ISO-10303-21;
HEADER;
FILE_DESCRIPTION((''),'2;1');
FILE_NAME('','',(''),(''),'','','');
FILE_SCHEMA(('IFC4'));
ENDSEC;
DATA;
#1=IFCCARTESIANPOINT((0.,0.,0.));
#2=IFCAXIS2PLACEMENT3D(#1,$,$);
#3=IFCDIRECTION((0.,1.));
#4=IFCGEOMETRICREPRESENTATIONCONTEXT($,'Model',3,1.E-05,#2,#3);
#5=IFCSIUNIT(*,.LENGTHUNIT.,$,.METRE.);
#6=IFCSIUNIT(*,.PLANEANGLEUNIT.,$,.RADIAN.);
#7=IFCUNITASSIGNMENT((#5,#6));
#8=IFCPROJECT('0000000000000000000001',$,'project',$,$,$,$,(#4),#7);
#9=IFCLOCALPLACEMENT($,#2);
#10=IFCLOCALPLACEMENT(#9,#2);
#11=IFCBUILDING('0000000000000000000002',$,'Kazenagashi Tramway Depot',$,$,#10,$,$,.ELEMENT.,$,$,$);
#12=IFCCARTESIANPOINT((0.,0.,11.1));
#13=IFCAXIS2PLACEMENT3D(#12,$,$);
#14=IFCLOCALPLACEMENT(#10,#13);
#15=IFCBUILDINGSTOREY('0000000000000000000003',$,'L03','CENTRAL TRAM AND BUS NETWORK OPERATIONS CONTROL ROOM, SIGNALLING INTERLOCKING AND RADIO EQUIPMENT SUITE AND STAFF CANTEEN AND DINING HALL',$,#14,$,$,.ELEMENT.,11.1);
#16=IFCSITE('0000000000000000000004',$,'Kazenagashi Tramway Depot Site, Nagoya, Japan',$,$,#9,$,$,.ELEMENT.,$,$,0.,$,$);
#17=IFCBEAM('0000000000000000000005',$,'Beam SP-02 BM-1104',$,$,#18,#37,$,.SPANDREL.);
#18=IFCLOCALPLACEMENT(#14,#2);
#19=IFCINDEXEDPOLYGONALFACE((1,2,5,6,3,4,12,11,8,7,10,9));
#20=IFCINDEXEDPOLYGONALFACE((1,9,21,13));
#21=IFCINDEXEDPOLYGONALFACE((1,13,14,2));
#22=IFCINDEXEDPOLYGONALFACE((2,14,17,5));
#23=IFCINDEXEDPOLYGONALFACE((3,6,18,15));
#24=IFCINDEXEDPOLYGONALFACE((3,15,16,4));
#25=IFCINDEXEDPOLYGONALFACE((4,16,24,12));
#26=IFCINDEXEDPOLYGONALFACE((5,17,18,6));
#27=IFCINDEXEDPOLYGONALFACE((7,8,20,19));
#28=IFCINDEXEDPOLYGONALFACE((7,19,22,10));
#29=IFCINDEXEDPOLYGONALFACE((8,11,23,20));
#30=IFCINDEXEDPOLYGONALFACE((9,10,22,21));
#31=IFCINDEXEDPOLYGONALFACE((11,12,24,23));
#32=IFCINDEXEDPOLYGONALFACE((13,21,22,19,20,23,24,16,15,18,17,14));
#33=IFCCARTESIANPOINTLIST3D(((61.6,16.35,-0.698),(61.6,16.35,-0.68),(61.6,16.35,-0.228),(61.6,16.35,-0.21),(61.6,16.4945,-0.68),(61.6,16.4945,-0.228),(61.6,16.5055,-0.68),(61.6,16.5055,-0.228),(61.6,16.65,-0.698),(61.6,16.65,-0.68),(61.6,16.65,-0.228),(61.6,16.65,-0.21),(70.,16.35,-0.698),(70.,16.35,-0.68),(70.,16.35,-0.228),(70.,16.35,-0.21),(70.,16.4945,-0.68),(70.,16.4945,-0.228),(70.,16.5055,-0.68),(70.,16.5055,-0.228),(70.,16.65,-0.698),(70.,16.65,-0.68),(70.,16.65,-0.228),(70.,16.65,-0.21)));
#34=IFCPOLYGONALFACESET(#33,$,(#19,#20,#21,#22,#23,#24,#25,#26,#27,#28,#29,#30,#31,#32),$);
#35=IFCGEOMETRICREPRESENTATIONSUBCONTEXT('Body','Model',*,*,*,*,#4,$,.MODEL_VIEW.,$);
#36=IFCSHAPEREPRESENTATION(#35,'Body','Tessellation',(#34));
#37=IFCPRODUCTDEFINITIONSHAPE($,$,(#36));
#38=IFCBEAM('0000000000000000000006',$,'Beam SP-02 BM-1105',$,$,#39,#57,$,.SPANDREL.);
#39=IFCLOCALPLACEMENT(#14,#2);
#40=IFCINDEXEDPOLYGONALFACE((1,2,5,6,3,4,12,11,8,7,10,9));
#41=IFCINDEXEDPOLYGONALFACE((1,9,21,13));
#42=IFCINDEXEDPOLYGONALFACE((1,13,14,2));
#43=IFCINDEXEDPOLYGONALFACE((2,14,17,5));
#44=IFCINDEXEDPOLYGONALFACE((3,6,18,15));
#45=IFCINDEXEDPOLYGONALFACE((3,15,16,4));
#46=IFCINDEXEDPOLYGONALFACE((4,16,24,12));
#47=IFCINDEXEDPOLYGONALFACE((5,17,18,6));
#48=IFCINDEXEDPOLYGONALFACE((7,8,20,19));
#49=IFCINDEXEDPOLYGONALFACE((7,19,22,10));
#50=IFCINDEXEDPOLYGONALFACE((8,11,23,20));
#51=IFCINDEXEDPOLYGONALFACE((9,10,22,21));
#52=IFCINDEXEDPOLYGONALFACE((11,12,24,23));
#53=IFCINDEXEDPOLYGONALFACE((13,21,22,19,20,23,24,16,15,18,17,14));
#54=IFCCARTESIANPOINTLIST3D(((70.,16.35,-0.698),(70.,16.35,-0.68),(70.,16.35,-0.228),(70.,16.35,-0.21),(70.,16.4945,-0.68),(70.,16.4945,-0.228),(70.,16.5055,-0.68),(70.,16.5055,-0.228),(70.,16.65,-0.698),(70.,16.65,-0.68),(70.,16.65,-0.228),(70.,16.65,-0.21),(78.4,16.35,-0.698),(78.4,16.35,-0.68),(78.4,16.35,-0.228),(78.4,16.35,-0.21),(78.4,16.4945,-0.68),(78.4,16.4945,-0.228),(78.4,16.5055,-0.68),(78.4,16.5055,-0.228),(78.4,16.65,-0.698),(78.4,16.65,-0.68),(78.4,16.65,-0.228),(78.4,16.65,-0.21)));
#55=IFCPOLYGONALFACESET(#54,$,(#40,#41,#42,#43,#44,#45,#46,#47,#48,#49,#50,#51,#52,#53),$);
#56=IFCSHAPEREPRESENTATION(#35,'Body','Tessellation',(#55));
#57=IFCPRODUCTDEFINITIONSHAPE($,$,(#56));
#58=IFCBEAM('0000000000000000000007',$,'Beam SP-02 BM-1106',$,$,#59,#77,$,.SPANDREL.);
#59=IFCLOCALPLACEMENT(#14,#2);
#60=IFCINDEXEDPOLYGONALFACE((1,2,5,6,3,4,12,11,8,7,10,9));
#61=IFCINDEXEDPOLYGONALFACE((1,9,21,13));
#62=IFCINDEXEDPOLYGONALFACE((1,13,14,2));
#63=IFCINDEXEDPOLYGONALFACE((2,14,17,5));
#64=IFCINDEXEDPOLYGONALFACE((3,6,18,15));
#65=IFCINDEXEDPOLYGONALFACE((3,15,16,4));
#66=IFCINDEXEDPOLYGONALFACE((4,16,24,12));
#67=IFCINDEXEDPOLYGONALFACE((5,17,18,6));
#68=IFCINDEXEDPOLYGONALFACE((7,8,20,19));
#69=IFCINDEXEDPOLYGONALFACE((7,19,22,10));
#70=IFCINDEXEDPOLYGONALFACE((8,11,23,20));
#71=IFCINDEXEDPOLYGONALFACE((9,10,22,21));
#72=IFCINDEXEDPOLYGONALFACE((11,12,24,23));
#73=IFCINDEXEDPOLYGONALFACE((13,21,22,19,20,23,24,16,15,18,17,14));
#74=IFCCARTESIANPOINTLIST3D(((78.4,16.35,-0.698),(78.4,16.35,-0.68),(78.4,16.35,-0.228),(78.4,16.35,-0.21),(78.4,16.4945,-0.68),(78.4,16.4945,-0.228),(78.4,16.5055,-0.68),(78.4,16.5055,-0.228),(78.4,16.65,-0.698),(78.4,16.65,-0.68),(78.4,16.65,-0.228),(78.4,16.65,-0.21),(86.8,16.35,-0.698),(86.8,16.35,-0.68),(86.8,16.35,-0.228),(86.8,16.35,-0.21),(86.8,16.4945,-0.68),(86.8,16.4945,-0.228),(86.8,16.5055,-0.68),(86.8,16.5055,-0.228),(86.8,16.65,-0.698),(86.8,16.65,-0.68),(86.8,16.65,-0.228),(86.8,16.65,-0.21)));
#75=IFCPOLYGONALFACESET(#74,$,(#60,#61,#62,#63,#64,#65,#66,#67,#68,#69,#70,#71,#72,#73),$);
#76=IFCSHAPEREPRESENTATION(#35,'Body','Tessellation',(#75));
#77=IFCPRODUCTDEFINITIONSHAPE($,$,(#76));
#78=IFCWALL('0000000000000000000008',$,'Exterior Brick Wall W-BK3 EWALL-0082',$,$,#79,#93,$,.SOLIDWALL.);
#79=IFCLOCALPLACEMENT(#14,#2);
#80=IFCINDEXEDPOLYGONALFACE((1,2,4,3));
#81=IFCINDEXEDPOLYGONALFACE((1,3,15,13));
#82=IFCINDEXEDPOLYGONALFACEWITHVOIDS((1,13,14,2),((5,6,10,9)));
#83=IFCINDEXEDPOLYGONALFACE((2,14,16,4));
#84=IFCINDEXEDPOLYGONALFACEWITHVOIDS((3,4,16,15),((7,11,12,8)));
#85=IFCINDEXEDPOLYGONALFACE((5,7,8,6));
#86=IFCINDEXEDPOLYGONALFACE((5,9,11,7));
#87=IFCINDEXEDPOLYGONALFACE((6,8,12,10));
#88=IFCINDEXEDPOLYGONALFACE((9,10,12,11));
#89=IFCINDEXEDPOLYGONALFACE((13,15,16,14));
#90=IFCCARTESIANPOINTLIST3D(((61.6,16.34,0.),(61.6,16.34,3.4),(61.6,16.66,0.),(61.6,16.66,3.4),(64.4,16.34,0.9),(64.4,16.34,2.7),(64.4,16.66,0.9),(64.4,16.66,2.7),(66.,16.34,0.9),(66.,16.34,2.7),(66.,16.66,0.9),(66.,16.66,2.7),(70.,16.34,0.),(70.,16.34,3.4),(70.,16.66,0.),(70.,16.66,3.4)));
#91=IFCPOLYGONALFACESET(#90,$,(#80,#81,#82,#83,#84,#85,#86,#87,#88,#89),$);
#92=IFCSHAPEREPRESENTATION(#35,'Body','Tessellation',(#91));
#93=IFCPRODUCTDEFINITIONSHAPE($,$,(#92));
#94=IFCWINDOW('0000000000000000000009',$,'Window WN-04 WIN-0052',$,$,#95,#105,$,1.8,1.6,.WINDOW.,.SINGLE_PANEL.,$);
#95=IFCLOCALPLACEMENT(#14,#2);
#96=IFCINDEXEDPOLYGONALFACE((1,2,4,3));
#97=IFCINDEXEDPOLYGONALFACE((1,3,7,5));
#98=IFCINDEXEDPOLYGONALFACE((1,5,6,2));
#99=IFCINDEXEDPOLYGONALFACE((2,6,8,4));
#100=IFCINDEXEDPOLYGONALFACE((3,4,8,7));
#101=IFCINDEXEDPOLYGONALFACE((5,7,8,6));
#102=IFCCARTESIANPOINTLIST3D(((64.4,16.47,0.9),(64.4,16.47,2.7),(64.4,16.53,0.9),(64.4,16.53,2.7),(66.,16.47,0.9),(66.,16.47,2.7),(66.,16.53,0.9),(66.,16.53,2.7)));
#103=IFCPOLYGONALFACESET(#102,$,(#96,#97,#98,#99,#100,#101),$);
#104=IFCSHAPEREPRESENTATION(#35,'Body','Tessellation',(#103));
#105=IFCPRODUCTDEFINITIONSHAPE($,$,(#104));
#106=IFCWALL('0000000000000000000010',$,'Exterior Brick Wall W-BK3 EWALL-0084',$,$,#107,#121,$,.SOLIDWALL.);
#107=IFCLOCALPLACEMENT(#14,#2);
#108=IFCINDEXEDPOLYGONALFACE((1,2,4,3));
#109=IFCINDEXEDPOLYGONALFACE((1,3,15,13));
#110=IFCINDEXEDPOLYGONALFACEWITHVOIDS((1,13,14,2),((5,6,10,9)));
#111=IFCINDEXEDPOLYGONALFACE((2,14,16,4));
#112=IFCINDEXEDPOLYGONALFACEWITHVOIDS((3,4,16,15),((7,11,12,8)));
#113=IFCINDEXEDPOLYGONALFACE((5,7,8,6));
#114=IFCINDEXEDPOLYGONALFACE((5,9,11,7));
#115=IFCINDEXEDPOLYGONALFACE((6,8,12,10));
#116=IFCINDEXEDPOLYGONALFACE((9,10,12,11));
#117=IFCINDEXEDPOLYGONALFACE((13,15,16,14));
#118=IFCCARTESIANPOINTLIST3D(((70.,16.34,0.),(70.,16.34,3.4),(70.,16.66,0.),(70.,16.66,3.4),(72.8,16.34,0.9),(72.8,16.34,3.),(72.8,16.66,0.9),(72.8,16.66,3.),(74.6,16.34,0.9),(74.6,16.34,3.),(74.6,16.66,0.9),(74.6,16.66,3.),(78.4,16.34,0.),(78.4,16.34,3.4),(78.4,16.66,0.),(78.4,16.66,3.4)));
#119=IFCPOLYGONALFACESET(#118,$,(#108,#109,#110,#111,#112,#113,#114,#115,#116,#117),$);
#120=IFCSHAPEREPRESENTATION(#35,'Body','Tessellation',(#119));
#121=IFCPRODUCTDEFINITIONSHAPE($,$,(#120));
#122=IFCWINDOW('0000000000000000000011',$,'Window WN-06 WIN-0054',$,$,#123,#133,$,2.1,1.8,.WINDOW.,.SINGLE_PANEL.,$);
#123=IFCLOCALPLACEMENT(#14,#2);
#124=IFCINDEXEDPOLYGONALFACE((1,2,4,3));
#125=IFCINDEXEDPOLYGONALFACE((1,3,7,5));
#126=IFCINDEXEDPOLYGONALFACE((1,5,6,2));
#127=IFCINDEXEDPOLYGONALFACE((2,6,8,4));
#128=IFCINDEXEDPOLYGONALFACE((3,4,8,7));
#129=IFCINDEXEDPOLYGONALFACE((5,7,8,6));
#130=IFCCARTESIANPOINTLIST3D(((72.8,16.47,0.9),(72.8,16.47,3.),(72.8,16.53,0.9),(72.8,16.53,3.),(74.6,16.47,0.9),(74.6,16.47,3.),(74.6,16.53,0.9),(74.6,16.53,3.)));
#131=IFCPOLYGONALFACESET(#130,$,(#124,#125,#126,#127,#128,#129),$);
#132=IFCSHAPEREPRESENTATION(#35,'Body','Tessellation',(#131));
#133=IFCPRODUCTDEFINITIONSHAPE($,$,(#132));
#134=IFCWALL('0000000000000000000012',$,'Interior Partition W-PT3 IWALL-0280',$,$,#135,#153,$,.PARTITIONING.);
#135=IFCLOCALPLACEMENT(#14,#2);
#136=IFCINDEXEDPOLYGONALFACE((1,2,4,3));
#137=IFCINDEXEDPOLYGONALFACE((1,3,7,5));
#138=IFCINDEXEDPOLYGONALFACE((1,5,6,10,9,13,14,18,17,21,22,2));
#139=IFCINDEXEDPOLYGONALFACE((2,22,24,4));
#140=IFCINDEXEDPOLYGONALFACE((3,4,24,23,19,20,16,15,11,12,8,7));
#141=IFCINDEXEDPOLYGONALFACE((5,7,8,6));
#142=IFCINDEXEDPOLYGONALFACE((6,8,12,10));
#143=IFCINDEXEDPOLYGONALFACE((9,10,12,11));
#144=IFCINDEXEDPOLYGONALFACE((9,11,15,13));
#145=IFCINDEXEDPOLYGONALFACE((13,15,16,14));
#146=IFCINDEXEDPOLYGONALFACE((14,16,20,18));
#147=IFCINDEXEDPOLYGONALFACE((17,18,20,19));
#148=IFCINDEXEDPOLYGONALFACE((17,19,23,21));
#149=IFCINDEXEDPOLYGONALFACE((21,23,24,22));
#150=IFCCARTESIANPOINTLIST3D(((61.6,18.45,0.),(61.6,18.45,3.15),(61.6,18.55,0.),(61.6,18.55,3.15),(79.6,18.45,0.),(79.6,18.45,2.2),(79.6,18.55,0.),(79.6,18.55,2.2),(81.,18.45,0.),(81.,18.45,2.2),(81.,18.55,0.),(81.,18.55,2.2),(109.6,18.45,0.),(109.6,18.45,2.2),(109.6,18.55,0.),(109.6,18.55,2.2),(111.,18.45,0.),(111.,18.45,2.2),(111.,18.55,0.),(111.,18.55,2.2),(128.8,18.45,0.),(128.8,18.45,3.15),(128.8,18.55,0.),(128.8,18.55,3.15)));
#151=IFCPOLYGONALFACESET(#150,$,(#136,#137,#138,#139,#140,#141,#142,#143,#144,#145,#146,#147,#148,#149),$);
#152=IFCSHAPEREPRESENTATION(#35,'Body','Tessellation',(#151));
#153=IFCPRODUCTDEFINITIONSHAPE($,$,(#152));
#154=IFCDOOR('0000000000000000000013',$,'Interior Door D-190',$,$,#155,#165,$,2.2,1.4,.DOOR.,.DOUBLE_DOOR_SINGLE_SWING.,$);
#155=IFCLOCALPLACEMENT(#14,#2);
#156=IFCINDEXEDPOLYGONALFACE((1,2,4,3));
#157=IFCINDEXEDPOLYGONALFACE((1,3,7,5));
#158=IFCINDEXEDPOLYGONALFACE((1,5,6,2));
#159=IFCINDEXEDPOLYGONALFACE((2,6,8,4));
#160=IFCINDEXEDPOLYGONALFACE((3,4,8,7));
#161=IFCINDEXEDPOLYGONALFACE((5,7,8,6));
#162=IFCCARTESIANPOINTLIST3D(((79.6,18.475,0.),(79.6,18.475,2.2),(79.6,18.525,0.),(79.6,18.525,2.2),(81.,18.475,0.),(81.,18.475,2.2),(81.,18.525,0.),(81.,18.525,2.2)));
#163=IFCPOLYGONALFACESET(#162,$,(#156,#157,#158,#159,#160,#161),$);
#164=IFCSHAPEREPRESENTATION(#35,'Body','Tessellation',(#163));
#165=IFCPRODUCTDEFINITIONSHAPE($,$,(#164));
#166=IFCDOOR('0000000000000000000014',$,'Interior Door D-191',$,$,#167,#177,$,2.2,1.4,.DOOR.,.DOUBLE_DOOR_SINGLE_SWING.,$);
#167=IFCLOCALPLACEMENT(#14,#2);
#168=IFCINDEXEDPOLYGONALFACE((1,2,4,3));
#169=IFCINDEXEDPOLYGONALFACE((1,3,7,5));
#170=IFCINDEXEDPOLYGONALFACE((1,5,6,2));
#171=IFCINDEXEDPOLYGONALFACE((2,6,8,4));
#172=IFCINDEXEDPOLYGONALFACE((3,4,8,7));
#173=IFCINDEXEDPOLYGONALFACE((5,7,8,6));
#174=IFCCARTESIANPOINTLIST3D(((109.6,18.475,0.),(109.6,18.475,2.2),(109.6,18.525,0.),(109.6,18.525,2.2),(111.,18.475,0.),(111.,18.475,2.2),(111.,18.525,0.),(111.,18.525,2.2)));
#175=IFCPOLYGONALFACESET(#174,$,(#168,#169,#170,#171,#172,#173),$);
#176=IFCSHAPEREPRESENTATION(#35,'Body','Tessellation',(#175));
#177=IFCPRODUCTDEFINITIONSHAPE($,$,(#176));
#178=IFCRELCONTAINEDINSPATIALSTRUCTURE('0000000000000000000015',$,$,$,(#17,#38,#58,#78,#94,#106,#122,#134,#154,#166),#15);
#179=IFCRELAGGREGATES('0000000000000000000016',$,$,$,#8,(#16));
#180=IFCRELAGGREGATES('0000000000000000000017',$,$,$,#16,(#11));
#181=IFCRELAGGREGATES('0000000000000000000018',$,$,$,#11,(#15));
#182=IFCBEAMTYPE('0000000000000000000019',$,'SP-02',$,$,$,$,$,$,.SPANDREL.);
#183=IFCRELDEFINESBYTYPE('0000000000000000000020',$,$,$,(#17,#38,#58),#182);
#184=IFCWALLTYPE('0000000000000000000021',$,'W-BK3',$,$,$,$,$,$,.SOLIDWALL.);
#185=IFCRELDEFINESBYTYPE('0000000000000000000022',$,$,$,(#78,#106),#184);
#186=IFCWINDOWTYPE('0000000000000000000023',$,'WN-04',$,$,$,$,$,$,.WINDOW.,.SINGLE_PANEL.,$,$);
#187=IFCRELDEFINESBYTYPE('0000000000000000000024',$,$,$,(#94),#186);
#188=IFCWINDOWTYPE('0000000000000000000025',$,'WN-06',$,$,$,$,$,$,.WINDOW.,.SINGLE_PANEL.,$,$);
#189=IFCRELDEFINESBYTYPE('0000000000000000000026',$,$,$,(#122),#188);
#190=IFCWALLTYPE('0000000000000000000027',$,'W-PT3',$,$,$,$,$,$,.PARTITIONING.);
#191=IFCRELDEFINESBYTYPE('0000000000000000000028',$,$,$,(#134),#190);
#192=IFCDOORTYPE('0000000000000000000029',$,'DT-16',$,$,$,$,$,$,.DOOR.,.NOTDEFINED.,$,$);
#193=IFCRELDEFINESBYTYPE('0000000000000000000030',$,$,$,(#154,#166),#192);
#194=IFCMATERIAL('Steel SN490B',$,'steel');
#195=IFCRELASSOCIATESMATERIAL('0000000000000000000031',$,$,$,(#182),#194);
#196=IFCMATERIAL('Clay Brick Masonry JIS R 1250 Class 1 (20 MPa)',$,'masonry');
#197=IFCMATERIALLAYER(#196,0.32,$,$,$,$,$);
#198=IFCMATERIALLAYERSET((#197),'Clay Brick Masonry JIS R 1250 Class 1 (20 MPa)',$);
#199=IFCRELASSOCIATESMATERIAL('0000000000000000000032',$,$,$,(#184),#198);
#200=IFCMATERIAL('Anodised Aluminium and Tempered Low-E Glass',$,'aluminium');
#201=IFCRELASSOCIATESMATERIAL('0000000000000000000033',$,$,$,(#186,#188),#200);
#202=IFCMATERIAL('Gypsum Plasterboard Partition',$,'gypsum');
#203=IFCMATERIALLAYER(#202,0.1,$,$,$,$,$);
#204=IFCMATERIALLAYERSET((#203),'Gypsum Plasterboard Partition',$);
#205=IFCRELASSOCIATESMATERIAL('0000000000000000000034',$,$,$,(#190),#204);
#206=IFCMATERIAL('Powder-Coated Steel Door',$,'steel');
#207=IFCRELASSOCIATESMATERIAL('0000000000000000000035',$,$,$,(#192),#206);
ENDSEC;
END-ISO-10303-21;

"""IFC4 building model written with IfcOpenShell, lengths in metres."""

from ifc_helpers import new_model, si_unit, direction, frame, frame_2d, origin, origin_2d, place, context, subcontext, project, spatial, rectangle, i_section, extrude, material, layer, layer_set, material_profile, profile_set, type_object, element, fill, save


model = new_model("IFC4")

# Units and contexts
model_context = context("Model", 3, precision=1e-05, world=origin(), true_north=direction((0.0, 1.0)))
body_context = subcontext(model_context, "Body", "Model", "MODEL_VIEW")
ifc_project = project(units=[si_unit("LENGTHUNIT", "METRE"), si_unit("PLANEANGLEUNIT", "RADIAN")], contexts=[model_context])

# Site, building, storey
site_placement = place(None, origin())
site = spatial("IfcSite", under=ifc_project, at=site_placement, Name="Kazenagashi Tramway Depot Site, Nagoya, Japan", CompositionType="ELEMENT", RefElevation=0.0)
building_placement = place(site_placement, origin())
building = spatial("IfcBuilding", under=site, at=building_placement, Name="Kazenagashi Tramway Depot", CompositionType="ELEMENT")
storey_placement = place(building_placement, frame((0.0, 0.0, 11.1)))
storey = spatial("IfcBuildingStorey", under=building, at=storey_placement, Name="L03", Description="CENTRAL TRAM AND BUS NETWORK OPERATIONS CONTROL ROOM, SIGNALLING INTERLOCKING AND RADIO EQUIPMENT SUITE AND STAFF CANTEEN AND DINING HALL", CompositionType="ELEMENT", Elevation=11.1)

# Shared definitions
ifc_material_1 = material(Name="Steel SN490B", Category="steel")

# Beams
ifc_material_profile_1 = material_profile(ifc_material_1, i_section(OverallWidth=0.3, OverallDepth=0.488, WebThickness=0.011, FlangeThickness=0.018, at=origin_2d()), Name="H-488x300x11x18")
ifc_profile_set_1 = profile_set([ifc_material_profile_1], Name="Steel SN490B")
beam_type_1 = type_object("IfcBeamType", Name="SP-02", PredefinedType="SPANDREL", material=ifc_profile_set_1)
for number, where, z_axis, x_axis, name in (
    (1, (61.6, 16.5, -0.454), (1.0, 0.0, 0.0), (0.0, 1.0, 0.0), "Beam SP-02 BM-1104"),
    (2, (70.0, 16.5, -0.454), (1.0, 0.0, 0.0), (0.0, 1.0, 0.0), "Beam SP-02 BM-1105"),
    (3, (78.4, 16.5, -0.454), (1.0, 0.0, 0.0), (0.0, 1.0, 0.0), "Beam SP-02 BM-1106"),
):
    element("IfcBeam", number, at=place(storey_placement, frame(where, z_axis=z_axis, x_axis=x_axis)), inside=storey, type_object=beam_type_1, Name=name, PredefinedType="SPANDREL", context=body_context, shape_type="SweptSolid", body=[
        extrude(i_section(OverallWidth=0.3, OverallDepth=0.488, WebThickness=0.011, FlangeThickness=0.018, at=origin_2d()), origin(), (0.0, 0.0, 1.0), 8.4),
    ])

# Walls, openings, windows
ifc_material_2 = material(Name="Clay Brick Masonry JIS R 1250 Class 1 (20 MPa)", Category="masonry")
ifc_layer_1 = layer(ifc_material_2, 0.32)
ifc_layer_set_1 = layer_set([ifc_layer_1], Name="Clay Brick Masonry JIS R 1250 Class 1 (20 MPa)")
wall_type_1 = type_object("IfcWallType", Name="W-BK3", PredefinedType="SOLIDWALL", material=ifc_layer_set_1)
wall_1_placement = place(storey_placement, frame((61.6, 16.5, 0.0), z_axis=(0.0, 0.0, 1.0), x_axis=(1.0, 0.0, 0.0)))
wall_1 = element("IfcWall", 4, at=wall_1_placement, inside=storey, type_object=wall_type_1, Name="Exterior Brick Wall W-BK3 EWALL-0082", PredefinedType="SOLIDWALL", context=body_context, shape_type="SweptSolid", body=[
    extrude(rectangle(XDim=8.4, YDim=0.32, at=frame_2d((4.2, 0.0))), origin(), (0.0, 0.0, 1.0), 3.4),
])
opening_1_placement = place(wall_1_placement, frame((2.8, 0.0, 0.9)))
opening_1 = element("IfcOpeningElement", 5, at=opening_1_placement, cuts=wall_1, PredefinedType="OPENING", context=body_context, shape_type="SweptSolid", body=[
    extrude(rectangle(XDim=1.6, YDim=1.8, at=frame_2d((0.8, 0.9))), frame((0.0, 0.17, 0.0), z_axis=(0.0, -1.0, 0.0), x_axis=(1.0, 0.0, 0.0)), (0.0, 0.0, 1.0), 0.34),
])
ifc_material_3 = material(Name="Anodised Aluminium and Tempered Low-E Glass", Category="aluminium")
window_type_1 = type_object("IfcWindowType", Name="WN-04", PartitioningType="SINGLE_PANEL", PredefinedType="WINDOW", material=ifc_material_3)
window_1_placement = place(opening_1_placement, origin())
window_1 = element("IfcWindow", 6, at=window_1_placement, inside=storey, type_object=window_type_1, Name="Window WN-04 WIN-0052", OverallHeight=1.8, OverallWidth=1.6, PartitioningType="SINGLE_PANEL", PredefinedType="WINDOW", context=body_context, shape_type="SweptSolid", body=[
    extrude(rectangle(XDim=1.6, YDim=1.8, at=frame_2d((0.8, 0.9))), frame((0.0, 0.03, 0.0), z_axis=(0.0, -1.0, 0.0), x_axis=(1.0, 0.0, 0.0)), (0.0, 0.0, 1.0), 0.06),
])
fill(opening_1, window_1)
wall_2_placement = place(storey_placement, frame((70.0, 16.5, 0.0), z_axis=(0.0, 0.0, 1.0), x_axis=(1.0, 0.0, 0.0)))
wall_2 = element("IfcWall", 7, at=wall_2_placement, inside=storey, type_object=wall_type_1, Name="Exterior Brick Wall W-BK3 EWALL-0084", PredefinedType="SOLIDWALL", context=body_context, shape_type="SweptSolid", body=[
    extrude(rectangle(XDim=8.4, YDim=0.32, at=frame_2d((4.2, 0.0))), origin(), (0.0, 0.0, 1.0), 3.4),
])
opening_2_placement = place(wall_2_placement, frame((2.8, 0.0, 0.9)))
opening_2 = element("IfcOpeningElement", 8, at=opening_2_placement, cuts=wall_2, PredefinedType="OPENING", context=body_context, shape_type="SweptSolid", body=[
    extrude(rectangle(XDim=1.8, YDim=2.1, at=frame_2d((0.9, 1.05))), frame((0.0, 0.17, 0.0), z_axis=(0.0, -1.0, 0.0), x_axis=(1.0, 0.0, 0.0)), (0.0, 0.0, 1.0), 0.34),
])
window_type_2 = type_object("IfcWindowType", Name="WN-06", PartitioningType="SINGLE_PANEL", PredefinedType="WINDOW", material=ifc_material_3)
window_2_placement = place(opening_2_placement, origin())
window_2 = element("IfcWindow", 9, at=window_2_placement, inside=storey, type_object=window_type_2, Name="Window WN-06 WIN-0054", OverallHeight=2.1, OverallWidth=1.8, PartitioningType="SINGLE_PANEL", PredefinedType="WINDOW", context=body_context, shape_type="SweptSolid", body=[
    extrude(rectangle(XDim=1.8, YDim=2.1, at=frame_2d((0.9, 1.05))), frame((0.0, 0.03, 0.0), z_axis=(0.0, -1.0, 0.0), x_axis=(1.0, 0.0, 0.0)), (0.0, 0.0, 1.0), 0.06),
])
fill(opening_2, window_2)

# Wall, openings, doors
ifc_material_4 = material(Name="Gypsum Plasterboard Partition", Category="gypsum")
ifc_layer_2 = layer(ifc_material_4, 0.1)
ifc_layer_set_2 = layer_set([ifc_layer_2], Name="Gypsum Plasterboard Partition")
wall_type_2 = type_object("IfcWallType", Name="W-PT3", PredefinedType="PARTITIONING", material=ifc_layer_set_2)
wall_3_placement = place(storey_placement, frame((61.6, 18.5, 0.0), z_axis=(0.0, 0.0, 1.0), x_axis=(1.0, 0.0, 0.0)))
wall_3 = element("IfcWall", 10, at=wall_3_placement, inside=storey, type_object=wall_type_2, Name="Interior Partition W-PT3 IWALL-0280", PredefinedType="PARTITIONING", context=body_context, shape_type="SweptSolid", body=[
    extrude(rectangle(XDim=67.2, YDim=0.1, at=frame_2d((33.6, 0.0))), origin(), (0.0, 0.0, 1.0), 3.15),
])
opening_3_placement = place(wall_3_placement, frame((18.0, 0.0, 0.0)))
opening_3 = element("IfcOpeningElement", 11, at=opening_3_placement, cuts=wall_3, PredefinedType="OPENING", context=body_context, shape_type="SweptSolid", body=[
    extrude(rectangle(XDim=1.4, YDim=2.2, at=frame_2d((0.7, 1.1))), frame((0.0, 0.06, 0.0), z_axis=(0.0, -1.0, 0.0), x_axis=(1.0, 0.0, 0.0)), (0.0, 0.0, 1.0), 0.12),
])
opening_4_placement = place(wall_3_placement, frame((48.0, 0.0, 0.0)))
opening_4 = element("IfcOpeningElement", 12, at=opening_4_placement, cuts=wall_3, PredefinedType="OPENING", context=body_context, shape_type="SweptSolid", body=[
    extrude(rectangle(XDim=1.4, YDim=2.2, at=frame_2d((0.7, 1.1))), frame((0.0, 0.06, 0.0), z_axis=(0.0, -1.0, 0.0), x_axis=(1.0, 0.0, 0.0)), (0.0, 0.0, 1.0), 0.12),
])
ifc_material_5 = material(Name="Powder-Coated Steel Door", Category="steel")
door_type = type_object("IfcDoorType", Name="DT-16", OperationType="NOTDEFINED", PredefinedType="DOOR", material=ifc_material_5)
door_1_placement = place(opening_3_placement, origin())
door_1 = element("IfcDoor", 13, at=door_1_placement, inside=storey, type_object=door_type, Name="Interior Door D-190", OperationType="DOUBLE_DOOR_SINGLE_SWING", OverallHeight=2.2, OverallWidth=1.4, PredefinedType="DOOR", context=body_context, shape_type="SweptSolid", body=[
    extrude(rectangle(XDim=1.4, YDim=2.2, at=frame_2d((0.7, 1.1))), frame((0.0, 0.025, 0.0), z_axis=(0.0, -1.0, 0.0), x_axis=(1.0, 0.0, 0.0)), (0.0, 0.0, 1.0), 0.05),
])
fill(opening_3, door_1)
door_2_placement = place(opening_4_placement, origin())
door_2 = element("IfcDoor", 14, at=door_2_placement, inside=storey, type_object=door_type, Name="Interior Door D-191", OperationType="DOUBLE_DOOR_SINGLE_SWING", OverallHeight=2.2, OverallWidth=1.4, PredefinedType="DOOR", context=body_context, shape_type="SweptSolid", body=[
    extrude(rectangle(XDim=1.4, YDim=2.2, at=frame_2d((0.7, 1.1))), frame((0.0, 0.025, 0.0), z_axis=(0.0, -1.0, 0.0), x_axis=(1.0, 0.0, 0.0)), (0.0, 0.0, 1.0), 0.05),
])
fill(opening_4, door_2)

save(model, "model.ifc")
